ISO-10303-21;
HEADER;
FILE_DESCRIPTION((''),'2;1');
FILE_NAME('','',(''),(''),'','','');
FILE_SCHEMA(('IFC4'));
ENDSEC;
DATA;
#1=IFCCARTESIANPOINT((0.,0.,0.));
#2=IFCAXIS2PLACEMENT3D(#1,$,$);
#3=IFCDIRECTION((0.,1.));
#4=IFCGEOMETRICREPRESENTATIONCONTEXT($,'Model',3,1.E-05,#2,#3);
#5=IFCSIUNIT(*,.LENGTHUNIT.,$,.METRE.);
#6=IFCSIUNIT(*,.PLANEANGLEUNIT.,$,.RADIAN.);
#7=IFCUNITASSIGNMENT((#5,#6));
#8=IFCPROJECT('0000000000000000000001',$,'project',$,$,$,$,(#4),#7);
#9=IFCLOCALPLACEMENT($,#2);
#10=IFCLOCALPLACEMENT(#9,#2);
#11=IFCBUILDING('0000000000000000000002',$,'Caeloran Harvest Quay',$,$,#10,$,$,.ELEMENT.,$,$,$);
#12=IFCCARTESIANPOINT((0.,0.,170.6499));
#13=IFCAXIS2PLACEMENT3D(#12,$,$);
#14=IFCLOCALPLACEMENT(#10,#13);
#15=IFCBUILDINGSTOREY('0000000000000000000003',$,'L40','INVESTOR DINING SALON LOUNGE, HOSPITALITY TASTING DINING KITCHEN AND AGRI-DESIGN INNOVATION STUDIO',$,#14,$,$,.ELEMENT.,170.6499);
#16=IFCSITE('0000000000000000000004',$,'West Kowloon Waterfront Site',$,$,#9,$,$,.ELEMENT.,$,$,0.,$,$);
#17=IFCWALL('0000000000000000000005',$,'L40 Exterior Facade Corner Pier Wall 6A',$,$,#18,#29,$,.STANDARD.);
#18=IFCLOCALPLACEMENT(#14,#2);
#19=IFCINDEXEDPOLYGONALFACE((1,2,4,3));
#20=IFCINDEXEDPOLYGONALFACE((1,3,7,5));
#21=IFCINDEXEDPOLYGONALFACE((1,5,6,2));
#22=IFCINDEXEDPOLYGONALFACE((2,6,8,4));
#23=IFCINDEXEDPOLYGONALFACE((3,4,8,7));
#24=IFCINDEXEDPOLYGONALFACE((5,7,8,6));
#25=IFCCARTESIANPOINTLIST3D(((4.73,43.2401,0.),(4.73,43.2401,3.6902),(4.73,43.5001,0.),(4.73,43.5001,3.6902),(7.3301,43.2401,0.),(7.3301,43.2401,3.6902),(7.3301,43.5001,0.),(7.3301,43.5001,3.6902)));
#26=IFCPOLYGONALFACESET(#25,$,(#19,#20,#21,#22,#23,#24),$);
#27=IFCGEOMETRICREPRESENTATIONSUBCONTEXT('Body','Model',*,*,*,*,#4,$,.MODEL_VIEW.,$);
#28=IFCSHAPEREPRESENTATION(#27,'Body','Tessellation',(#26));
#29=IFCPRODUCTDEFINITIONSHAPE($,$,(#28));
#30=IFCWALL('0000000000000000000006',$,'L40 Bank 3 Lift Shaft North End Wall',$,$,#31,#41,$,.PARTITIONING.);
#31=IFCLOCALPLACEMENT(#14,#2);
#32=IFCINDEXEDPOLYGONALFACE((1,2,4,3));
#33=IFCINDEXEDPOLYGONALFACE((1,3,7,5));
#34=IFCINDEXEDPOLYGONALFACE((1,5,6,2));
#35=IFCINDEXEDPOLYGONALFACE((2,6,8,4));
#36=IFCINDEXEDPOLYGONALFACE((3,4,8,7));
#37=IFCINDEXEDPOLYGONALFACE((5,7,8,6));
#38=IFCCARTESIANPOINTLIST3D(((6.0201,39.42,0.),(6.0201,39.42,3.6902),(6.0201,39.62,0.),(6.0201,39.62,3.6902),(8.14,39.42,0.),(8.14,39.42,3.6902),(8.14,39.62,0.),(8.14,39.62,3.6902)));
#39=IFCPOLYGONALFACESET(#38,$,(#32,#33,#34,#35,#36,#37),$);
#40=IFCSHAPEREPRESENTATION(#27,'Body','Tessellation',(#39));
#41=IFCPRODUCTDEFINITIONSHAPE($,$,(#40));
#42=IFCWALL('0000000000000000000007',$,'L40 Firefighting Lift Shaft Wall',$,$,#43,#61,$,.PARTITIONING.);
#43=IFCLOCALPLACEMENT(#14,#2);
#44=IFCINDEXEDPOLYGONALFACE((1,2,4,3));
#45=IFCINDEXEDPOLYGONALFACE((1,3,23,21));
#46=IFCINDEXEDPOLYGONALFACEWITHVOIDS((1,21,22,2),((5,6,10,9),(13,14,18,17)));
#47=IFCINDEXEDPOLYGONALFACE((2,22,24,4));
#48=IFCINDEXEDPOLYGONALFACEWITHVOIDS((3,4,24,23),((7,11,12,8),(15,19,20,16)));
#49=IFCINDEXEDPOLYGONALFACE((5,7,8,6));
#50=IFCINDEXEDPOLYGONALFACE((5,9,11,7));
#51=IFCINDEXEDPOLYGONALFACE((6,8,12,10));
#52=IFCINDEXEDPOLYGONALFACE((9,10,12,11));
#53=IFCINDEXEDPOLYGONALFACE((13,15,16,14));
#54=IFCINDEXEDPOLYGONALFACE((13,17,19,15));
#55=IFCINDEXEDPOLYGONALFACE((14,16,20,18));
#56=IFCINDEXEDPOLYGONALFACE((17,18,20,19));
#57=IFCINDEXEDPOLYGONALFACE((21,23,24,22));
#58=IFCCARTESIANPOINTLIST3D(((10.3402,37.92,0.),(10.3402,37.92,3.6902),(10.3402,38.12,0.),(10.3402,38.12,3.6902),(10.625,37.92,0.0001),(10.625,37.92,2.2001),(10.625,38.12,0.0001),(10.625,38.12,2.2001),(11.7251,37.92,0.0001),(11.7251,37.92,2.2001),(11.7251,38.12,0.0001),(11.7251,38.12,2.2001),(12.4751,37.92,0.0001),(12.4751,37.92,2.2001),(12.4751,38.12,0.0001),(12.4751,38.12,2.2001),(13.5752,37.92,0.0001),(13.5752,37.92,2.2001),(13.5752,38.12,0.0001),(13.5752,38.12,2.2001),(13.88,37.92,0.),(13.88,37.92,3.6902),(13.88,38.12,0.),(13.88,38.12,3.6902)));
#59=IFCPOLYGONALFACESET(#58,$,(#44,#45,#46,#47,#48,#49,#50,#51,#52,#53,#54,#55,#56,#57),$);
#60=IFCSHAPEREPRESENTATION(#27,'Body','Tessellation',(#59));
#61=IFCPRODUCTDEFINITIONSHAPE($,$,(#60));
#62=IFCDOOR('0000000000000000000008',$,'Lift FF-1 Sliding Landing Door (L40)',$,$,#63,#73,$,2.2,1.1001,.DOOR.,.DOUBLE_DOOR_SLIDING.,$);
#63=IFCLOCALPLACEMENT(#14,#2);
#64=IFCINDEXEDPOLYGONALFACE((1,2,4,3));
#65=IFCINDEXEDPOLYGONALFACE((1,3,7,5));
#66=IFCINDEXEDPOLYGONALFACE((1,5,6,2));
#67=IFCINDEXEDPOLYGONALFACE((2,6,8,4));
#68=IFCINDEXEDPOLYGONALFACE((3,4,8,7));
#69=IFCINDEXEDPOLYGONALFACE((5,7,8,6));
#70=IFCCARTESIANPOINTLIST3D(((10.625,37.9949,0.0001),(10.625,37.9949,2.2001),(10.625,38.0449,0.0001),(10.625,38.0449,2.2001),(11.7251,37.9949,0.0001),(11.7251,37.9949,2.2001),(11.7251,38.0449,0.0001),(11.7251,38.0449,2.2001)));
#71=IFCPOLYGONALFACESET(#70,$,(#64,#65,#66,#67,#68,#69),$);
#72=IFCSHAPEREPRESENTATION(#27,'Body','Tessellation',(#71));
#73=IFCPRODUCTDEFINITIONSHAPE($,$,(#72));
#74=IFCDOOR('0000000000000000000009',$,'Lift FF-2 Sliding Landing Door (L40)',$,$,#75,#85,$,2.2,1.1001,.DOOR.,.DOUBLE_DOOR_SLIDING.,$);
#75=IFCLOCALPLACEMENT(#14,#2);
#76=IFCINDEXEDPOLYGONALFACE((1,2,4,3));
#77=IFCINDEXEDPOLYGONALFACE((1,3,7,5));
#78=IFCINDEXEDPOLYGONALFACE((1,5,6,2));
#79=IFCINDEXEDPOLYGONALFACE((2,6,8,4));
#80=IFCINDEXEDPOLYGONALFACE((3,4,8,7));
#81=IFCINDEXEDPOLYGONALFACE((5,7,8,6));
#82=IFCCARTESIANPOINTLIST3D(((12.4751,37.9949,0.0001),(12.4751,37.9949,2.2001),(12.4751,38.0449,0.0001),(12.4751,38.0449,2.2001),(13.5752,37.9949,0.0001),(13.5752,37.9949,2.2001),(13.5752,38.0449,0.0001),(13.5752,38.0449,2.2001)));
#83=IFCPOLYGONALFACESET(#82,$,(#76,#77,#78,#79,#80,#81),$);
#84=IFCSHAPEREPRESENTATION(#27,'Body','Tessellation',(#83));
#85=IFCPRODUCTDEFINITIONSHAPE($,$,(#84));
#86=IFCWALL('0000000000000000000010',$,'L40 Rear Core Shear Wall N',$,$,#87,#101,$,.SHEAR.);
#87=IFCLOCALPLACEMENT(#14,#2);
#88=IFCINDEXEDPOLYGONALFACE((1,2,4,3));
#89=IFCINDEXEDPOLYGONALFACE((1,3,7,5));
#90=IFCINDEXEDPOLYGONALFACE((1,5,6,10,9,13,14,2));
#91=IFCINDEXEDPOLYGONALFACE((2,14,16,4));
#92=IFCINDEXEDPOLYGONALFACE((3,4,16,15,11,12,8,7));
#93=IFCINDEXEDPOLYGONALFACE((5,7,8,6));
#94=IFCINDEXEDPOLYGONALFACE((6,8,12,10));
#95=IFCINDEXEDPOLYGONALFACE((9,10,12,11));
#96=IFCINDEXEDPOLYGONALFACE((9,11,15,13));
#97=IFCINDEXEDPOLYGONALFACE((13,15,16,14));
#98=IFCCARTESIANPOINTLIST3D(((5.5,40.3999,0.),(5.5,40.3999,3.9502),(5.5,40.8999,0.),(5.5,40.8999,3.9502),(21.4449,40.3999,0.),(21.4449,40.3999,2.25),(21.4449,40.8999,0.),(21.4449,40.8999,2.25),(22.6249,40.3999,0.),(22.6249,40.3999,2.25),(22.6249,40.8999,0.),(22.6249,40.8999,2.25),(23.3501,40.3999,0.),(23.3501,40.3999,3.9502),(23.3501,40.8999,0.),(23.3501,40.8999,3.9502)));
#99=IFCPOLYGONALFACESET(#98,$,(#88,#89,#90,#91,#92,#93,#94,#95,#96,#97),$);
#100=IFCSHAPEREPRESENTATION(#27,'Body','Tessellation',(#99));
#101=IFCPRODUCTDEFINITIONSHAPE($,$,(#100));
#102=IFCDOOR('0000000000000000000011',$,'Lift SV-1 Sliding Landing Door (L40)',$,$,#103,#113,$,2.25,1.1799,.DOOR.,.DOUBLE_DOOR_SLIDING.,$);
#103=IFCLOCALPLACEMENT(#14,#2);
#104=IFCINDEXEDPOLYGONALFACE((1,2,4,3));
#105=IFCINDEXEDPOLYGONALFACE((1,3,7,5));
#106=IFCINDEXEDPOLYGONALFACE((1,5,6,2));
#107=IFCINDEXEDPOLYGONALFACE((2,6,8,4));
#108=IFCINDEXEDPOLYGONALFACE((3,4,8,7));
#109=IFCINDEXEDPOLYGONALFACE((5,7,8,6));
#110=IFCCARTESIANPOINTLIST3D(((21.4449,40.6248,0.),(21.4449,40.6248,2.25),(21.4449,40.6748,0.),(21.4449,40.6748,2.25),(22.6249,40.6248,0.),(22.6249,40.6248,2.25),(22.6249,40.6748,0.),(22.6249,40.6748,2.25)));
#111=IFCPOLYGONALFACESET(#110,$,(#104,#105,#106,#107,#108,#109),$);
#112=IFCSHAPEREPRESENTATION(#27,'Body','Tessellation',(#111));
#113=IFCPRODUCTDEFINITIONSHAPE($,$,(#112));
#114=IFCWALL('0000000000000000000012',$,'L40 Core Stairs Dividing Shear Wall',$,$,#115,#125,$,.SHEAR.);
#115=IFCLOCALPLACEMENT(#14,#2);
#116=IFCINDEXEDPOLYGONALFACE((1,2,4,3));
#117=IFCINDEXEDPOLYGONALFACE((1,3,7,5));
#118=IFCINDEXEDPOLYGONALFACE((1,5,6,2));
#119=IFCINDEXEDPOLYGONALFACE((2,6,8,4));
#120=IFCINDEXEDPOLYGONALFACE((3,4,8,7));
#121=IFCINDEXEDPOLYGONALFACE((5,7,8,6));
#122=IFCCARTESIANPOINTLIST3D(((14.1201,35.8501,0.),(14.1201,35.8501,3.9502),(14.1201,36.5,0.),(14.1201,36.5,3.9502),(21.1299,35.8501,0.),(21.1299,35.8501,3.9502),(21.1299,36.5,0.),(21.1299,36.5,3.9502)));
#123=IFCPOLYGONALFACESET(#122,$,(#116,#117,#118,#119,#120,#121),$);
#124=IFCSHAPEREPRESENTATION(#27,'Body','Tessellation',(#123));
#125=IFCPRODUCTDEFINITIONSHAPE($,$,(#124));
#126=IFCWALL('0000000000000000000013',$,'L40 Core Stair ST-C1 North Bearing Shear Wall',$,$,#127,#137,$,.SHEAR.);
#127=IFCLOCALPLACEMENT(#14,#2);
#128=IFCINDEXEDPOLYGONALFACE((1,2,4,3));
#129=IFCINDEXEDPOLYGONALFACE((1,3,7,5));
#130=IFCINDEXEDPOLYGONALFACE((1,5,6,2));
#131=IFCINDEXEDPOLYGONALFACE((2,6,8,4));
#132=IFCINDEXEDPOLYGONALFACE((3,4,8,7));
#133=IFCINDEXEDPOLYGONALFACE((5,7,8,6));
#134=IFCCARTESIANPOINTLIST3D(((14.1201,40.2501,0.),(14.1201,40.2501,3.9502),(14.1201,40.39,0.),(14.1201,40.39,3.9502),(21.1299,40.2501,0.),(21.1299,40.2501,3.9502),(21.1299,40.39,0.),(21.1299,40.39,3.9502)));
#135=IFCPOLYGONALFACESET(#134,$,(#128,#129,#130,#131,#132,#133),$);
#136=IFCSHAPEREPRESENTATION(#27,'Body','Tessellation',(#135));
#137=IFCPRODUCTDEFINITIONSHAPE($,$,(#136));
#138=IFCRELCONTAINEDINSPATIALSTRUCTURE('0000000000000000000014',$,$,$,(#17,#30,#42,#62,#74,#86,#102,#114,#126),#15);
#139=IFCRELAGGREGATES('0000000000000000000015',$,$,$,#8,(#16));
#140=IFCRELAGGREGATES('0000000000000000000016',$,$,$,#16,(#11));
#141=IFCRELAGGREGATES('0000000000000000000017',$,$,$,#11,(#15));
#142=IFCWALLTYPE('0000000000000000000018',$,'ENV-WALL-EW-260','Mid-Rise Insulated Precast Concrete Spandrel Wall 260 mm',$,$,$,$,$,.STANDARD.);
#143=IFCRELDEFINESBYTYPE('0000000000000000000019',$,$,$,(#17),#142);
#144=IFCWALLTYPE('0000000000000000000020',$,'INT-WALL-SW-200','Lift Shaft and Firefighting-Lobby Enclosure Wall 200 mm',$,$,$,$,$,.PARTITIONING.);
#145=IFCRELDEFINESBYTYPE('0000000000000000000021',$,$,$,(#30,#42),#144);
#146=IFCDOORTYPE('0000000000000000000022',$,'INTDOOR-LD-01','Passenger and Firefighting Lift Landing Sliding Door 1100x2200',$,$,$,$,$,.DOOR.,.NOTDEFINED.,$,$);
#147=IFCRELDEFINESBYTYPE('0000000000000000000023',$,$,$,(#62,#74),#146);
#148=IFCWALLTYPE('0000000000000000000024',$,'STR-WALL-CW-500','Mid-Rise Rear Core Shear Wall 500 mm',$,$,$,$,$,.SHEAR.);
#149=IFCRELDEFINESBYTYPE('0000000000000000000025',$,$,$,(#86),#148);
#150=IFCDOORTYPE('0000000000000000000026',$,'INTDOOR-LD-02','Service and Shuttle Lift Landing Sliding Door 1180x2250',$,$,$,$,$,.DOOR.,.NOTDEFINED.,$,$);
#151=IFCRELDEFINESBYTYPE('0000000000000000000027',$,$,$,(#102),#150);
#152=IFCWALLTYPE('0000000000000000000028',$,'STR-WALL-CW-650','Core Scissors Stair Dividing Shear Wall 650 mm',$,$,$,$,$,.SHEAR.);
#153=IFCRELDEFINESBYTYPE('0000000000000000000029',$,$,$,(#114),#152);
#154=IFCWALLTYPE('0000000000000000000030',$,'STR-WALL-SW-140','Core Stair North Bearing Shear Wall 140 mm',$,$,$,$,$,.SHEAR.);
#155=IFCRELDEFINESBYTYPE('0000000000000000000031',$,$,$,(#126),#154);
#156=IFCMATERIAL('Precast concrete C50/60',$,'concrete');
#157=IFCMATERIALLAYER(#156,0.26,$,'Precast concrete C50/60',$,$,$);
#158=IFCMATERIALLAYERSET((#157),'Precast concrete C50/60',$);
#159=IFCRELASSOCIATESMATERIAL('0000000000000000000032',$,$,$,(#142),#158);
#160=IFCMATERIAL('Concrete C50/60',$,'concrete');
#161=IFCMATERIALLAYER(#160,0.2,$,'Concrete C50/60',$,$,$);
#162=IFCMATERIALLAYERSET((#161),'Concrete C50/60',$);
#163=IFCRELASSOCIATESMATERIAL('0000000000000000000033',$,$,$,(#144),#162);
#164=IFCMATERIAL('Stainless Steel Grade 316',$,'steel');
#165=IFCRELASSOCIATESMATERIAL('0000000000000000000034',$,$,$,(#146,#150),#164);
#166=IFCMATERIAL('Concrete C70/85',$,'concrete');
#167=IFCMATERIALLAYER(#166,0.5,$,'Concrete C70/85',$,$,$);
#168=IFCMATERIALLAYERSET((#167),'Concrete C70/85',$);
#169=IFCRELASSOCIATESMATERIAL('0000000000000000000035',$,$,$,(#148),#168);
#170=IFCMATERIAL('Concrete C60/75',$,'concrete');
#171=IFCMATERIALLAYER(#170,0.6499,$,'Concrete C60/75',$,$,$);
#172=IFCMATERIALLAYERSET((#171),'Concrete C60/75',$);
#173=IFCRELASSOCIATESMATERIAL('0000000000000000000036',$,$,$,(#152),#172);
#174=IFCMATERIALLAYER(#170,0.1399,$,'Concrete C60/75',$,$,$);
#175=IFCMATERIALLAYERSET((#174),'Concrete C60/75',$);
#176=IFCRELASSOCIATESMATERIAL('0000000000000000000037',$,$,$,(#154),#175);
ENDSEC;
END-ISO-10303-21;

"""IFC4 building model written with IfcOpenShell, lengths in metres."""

from ifc_helpers import new_model, si_unit, direction, frame, frame_2d, origin, place, context, subcontext, project, spatial, rectangle, extrude, material, layer, layer_set, type_object, element, fill, save


model = new_model("IFC4")

# Units and contexts
model_context = context("Model", 3, precision=1e-05, world=origin(), true_north=direction((0.0, 1.0)))
body_context = subcontext(model_context, "Body", "Model", "MODEL_VIEW")
ifc_project = project(units=[si_unit("LENGTHUNIT", "METRE"), si_unit("PLANEANGLEUNIT", "RADIAN")], contexts=[model_context])

# Site, building, storey
site_placement = place(None, origin())
site = spatial("IfcSite", under=ifc_project, at=site_placement, Name="West Kowloon Waterfront Site", CompositionType="ELEMENT", RefElevation=0.0)
building_placement = place(site_placement, origin())
building = spatial("IfcBuilding", under=site, at=building_placement, Name="Caeloran Harvest Quay", CompositionType="ELEMENT")
storey_placement = place(building_placement, frame((0.0, 0.0, 170.6499)))
storey = spatial("IfcBuildingStorey", under=building, at=storey_placement, Name="L40", Description="INVESTOR DINING SALON LOUNGE, HOSPITALITY TASTING DINING KITCHEN AND AGRI-DESIGN INNOVATION STUDIO", CompositionType="ELEMENT", Elevation=170.6499)

# Walls
ifc_material_1 = material(Name="Precast concrete C50/60", Category="concrete")
ifc_layer_1 = layer(ifc_material_1, 0.26, Name="Precast concrete C50/60")
ifc_layer_set_1 = layer_set([ifc_layer_1], Name="Precast concrete C50/60")
wall_type_1 = type_object("IfcWallType", Name="ENV-WALL-EW-260", Description="Mid-Rise Insulated Precast Concrete Spandrel Wall 260 mm", PredefinedType="STANDARD", material=ifc_layer_set_1)
wall_1_placement = place(storey_placement, frame((4.73, 43.3701, 0.0), z_axis=(0.0, 0.0, 1.0), x_axis=(1.0, 0.0, 0.0)))
element("IfcWall", 1, at=wall_1_placement, inside=storey, type_object=wall_type_1, Name="L40 Exterior Facade Corner Pier Wall 6A", PredefinedType="STANDARD", context=body_context, shape_type="SweptSolid", body=[
    extrude(rectangle(XDim=2.6001, YDim=0.26, at=frame_2d((1.3, 0.0))), origin(), (0.0, 0.0, 1.0), 3.6902),
])
ifc_material_2 = material(Name="Concrete C50/60", Category="concrete")
ifc_layer_2 = layer(ifc_material_2, 0.2, Name="Concrete C50/60")
ifc_layer_set_2 = layer_set([ifc_layer_2], Name="Concrete C50/60")
wall_type_2 = type_object("IfcWallType", Name="INT-WALL-SW-200", Description="Lift Shaft and Firefighting-Lobby Enclosure Wall 200 mm", PredefinedType="PARTITIONING", material=ifc_layer_set_2)
wall_2_placement = place(storey_placement, frame((6.02, 39.52, 0.0), z_axis=(0.0, 0.0, 1.0), x_axis=(1.0, 0.0, 0.0)))
element("IfcWall", 2, at=wall_2_placement, inside=storey, type_object=wall_type_2, Name="L40 Bank 3 Lift Shaft North End Wall", PredefinedType="PARTITIONING", context=body_context, shape_type="SweptSolid", body=[
    extrude(rectangle(XDim=2.1199, YDim=0.2, at=frame_2d((1.0601, 0.0))), origin(), (0.0, 0.0, 1.0), 3.6902),
])

# Wall, openings, doors
wall_3_placement = place(storey_placement, frame((10.3401, 38.02, 0.0), z_axis=(0.0, 0.0, 1.0), x_axis=(1.0, 0.0, 0.0)))
wall_3 = element("IfcWall", 3, at=wall_3_placement, inside=storey, type_object=wall_type_2, Name="L40 Firefighting Lift Shaft Wall", PredefinedType="PARTITIONING", context=body_context, shape_type="SweptSolid", body=[
    extrude(rectangle(XDim=3.5398, YDim=0.2, at=frame_2d((1.77, 0.0))), origin(), (0.0, 0.0, 1.0), 3.6902),
])
opening_1_placement = place(wall_3_placement, frame((0.2849, 0.0, 0.0)))
opening_1 = element("IfcOpeningElement", 4, at=opening_1_placement, cuts=wall_3, PredefinedType="OPENING", context=body_context, shape_type="SweptSolid", body=[
    extrude(rectangle(XDim=1.1001, YDim=2.2, at=frame_2d((0.55, 1.1001))), frame((0.0, 0.1099, 0.0), z_axis=(0.0, -1.0, 0.0), x_axis=(1.0, 0.0, 0.0)), (0.0, 0.0, 1.0), 0.22),
])
opening_2_placement = place(wall_3_placement, frame((2.135, 0.0, 0.0)))
opening_2 = element("IfcOpeningElement", 5, at=opening_2_placement, cuts=wall_3, PredefinedType="OPENING", context=body_context, shape_type="SweptSolid", body=[
    extrude(rectangle(XDim=1.1001, YDim=2.2, at=frame_2d((0.55, 1.1001))), frame((0.0, 0.1099, 0.0), z_axis=(0.0, -1.0, 0.0), x_axis=(1.0, 0.0, 0.0)), (0.0, 0.0, 1.0), 0.22),
])
ifc_material_3 = material(Name="Stainless Steel Grade 316", Category="steel")
door_type_1 = type_object("IfcDoorType", Name="INTDOOR-LD-01", Description="Passenger and Firefighting Lift Landing Sliding Door 1100x2200", OperationType="NOTDEFINED", PredefinedType="DOOR", material=ifc_material_3)
door_1_placement = place(opening_1_placement, origin())
door_1 = element("IfcDoor", 6, at=door_1_placement, inside=storey, type_object=door_type_1, Name="Lift FF-1 Sliding Landing Door (L40)", OperationType="DOUBLE_DOOR_SLIDING", OverallHeight=2.2, OverallWidth=1.1001, PredefinedType="DOOR", context=body_context, shape_type="SweptSolid", body=[
    extrude(rectangle(XDim=1.1001, YDim=2.2, at=frame_2d((0.55, 1.1001))), frame((0.0, 0.0249, 0.0), z_axis=(0.0, -1.0, 0.0), x_axis=(1.0, 0.0, 0.0)), (0.0, 0.0, 1.0), 0.05),
])
fill(opening_1, door_1)
door_2_placement = place(opening_2_placement, origin())
door_2 = element("IfcDoor", 7, at=door_2_placement, inside=storey, type_object=door_type_1, Name="Lift FF-2 Sliding Landing Door (L40)", OperationType="DOUBLE_DOOR_SLIDING", OverallHeight=2.2, OverallWidth=1.1001, PredefinedType="DOOR", context=body_context, shape_type="SweptSolid", body=[
    extrude(rectangle(XDim=1.1001, YDim=2.2, at=frame_2d((0.55, 1.1001))), frame((0.0, 0.0249, 0.0), z_axis=(0.0, -1.0, 0.0), x_axis=(1.0, 0.0, 0.0)), (0.0, 0.0, 1.0), 0.05),
])
fill(opening_2, door_2)

# Wall, opening, door
ifc_material_4 = material(Name="Concrete C70/85", Category="concrete")
ifc_layer_3 = layer(ifc_material_4, 0.5, Name="Concrete C70/85")
ifc_layer_set_3 = layer_set([ifc_layer_3], Name="Concrete C70/85")
wall_type_3 = type_object("IfcWallType", Name="STR-WALL-CW-500", Description="Mid-Rise Rear Core Shear Wall 500 mm", PredefinedType="SHEAR", material=ifc_layer_set_3)
wall_4_placement = place(storey_placement, frame((5.5, 40.6499, 0.0), z_axis=(0.0, 0.0, 1.0), x_axis=(1.0, 0.0, 0.0)))
wall_4 = element("IfcWall", 8, at=wall_4_placement, inside=storey, type_object=wall_type_3, Name="L40 Rear Core Shear Wall N", PredefinedType="SHEAR", context=body_context, shape_type="SweptSolid", body=[
    extrude(rectangle(XDim=17.8501, YDim=0.5, at=frame_2d((8.925, 0.0))), origin(), (0.0, 0.0, 1.0), 3.9502),
])
opening_3_placement = place(wall_4_placement, frame((15.9451, 0.0, 0.0)))
opening_3 = element("IfcOpeningElement", 9, at=opening_3_placement, cuts=wall_4, PredefinedType="OPENING", context=body_context, shape_type="SweptSolid", body=[
    extrude(rectangle(XDim=1.1799, YDim=2.25, at=frame_2d((0.5898, 1.125))), frame((0.0, 0.26, 0.0), z_axis=(0.0, -1.0, 0.0), x_axis=(1.0, 0.0, 0.0)), (0.0, 0.0, 1.0), 0.52),
])
door_type_2 = type_object("IfcDoorType", Name="INTDOOR-LD-02", Description="Service and Shuttle Lift Landing Sliding Door 1180x2250", OperationType="NOTDEFINED", PredefinedType="DOOR", material=ifc_material_3)
door_3_placement = place(opening_3_placement, origin())
door_3 = element("IfcDoor", 10, at=door_3_placement, inside=storey, type_object=door_type_2, Name="Lift SV-1 Sliding Landing Door (L40)", OperationType="DOUBLE_DOOR_SLIDING", OverallHeight=2.25, OverallWidth=1.1799, PredefinedType="DOOR", context=body_context, shape_type="SweptSolid", body=[
    extrude(rectangle(XDim=1.1799, YDim=2.25, at=frame_2d((0.5898, 1.125))), frame((0.0, 0.0249, 0.0), z_axis=(0.0, -1.0, 0.0), x_axis=(1.0, 0.0, 0.0)), (0.0, 0.0, 1.0), 0.05),
])
fill(opening_3, door_3)

# Walls
ifc_material_5 = material(Name="Concrete C60/75", Category="concrete")
ifc_layer_4 = layer(ifc_material_5, 0.6499, Name="Concrete C60/75")
ifc_layer_set_4 = layer_set([ifc_layer_4], Name="Concrete C60/75")
wall_type_4 = type_object("IfcWallType", Name="STR-WALL-CW-650", Description="Core Scissors Stair Dividing Shear Wall 650 mm", PredefinedType="SHEAR", material=ifc_layer_set_4)
wall_5_placement = place(storey_placement, frame((14.1201, 36.175, 0.0), z_axis=(0.0, 0.0, 1.0), x_axis=(1.0, 0.0, 0.0)))
element("IfcWall", 11, at=wall_5_placement, inside=storey, type_object=wall_type_4, Name="L40 Core Stairs Dividing Shear Wall", PredefinedType="SHEAR", context=body_context, shape_type="SweptSolid", body=[
    extrude(rectangle(XDim=7.0098, YDim=0.6499, at=frame_2d((3.5049, 0.0))), origin(), (0.0, 0.0, 1.0), 3.9502),
])
ifc_layer_5 = layer(ifc_material_5, 0.1399, Name="Concrete C60/75")
ifc_layer_set_5 = layer_set([ifc_layer_5], Name="Concrete C60/75")
wall_type_5 = type_object("IfcWallType", Name="STR-WALL-SW-140", Description="Core Stair North Bearing Shear Wall 140 mm", PredefinedType="SHEAR", material=ifc_layer_set_5)
wall_6_placement = place(storey_placement, frame((14.1201, 40.3201, 0.0), z_axis=(0.0, 0.0, 1.0), x_axis=(1.0, 0.0, 0.0)))
element("IfcWall", 12, at=wall_6_placement, inside=storey, type_object=wall_type_5, Name="L40 Core Stair ST-C1 North Bearing Shear Wall", PredefinedType="SHEAR", context=body_context, shape_type="SweptSolid", body=[
    extrude(rectangle(XDim=7.0098, YDim=0.1399, at=frame_2d((3.5049, 0.0))), origin(), (0.0, 0.0, 1.0), 3.9502),
])

save(model, "model.ifc")
